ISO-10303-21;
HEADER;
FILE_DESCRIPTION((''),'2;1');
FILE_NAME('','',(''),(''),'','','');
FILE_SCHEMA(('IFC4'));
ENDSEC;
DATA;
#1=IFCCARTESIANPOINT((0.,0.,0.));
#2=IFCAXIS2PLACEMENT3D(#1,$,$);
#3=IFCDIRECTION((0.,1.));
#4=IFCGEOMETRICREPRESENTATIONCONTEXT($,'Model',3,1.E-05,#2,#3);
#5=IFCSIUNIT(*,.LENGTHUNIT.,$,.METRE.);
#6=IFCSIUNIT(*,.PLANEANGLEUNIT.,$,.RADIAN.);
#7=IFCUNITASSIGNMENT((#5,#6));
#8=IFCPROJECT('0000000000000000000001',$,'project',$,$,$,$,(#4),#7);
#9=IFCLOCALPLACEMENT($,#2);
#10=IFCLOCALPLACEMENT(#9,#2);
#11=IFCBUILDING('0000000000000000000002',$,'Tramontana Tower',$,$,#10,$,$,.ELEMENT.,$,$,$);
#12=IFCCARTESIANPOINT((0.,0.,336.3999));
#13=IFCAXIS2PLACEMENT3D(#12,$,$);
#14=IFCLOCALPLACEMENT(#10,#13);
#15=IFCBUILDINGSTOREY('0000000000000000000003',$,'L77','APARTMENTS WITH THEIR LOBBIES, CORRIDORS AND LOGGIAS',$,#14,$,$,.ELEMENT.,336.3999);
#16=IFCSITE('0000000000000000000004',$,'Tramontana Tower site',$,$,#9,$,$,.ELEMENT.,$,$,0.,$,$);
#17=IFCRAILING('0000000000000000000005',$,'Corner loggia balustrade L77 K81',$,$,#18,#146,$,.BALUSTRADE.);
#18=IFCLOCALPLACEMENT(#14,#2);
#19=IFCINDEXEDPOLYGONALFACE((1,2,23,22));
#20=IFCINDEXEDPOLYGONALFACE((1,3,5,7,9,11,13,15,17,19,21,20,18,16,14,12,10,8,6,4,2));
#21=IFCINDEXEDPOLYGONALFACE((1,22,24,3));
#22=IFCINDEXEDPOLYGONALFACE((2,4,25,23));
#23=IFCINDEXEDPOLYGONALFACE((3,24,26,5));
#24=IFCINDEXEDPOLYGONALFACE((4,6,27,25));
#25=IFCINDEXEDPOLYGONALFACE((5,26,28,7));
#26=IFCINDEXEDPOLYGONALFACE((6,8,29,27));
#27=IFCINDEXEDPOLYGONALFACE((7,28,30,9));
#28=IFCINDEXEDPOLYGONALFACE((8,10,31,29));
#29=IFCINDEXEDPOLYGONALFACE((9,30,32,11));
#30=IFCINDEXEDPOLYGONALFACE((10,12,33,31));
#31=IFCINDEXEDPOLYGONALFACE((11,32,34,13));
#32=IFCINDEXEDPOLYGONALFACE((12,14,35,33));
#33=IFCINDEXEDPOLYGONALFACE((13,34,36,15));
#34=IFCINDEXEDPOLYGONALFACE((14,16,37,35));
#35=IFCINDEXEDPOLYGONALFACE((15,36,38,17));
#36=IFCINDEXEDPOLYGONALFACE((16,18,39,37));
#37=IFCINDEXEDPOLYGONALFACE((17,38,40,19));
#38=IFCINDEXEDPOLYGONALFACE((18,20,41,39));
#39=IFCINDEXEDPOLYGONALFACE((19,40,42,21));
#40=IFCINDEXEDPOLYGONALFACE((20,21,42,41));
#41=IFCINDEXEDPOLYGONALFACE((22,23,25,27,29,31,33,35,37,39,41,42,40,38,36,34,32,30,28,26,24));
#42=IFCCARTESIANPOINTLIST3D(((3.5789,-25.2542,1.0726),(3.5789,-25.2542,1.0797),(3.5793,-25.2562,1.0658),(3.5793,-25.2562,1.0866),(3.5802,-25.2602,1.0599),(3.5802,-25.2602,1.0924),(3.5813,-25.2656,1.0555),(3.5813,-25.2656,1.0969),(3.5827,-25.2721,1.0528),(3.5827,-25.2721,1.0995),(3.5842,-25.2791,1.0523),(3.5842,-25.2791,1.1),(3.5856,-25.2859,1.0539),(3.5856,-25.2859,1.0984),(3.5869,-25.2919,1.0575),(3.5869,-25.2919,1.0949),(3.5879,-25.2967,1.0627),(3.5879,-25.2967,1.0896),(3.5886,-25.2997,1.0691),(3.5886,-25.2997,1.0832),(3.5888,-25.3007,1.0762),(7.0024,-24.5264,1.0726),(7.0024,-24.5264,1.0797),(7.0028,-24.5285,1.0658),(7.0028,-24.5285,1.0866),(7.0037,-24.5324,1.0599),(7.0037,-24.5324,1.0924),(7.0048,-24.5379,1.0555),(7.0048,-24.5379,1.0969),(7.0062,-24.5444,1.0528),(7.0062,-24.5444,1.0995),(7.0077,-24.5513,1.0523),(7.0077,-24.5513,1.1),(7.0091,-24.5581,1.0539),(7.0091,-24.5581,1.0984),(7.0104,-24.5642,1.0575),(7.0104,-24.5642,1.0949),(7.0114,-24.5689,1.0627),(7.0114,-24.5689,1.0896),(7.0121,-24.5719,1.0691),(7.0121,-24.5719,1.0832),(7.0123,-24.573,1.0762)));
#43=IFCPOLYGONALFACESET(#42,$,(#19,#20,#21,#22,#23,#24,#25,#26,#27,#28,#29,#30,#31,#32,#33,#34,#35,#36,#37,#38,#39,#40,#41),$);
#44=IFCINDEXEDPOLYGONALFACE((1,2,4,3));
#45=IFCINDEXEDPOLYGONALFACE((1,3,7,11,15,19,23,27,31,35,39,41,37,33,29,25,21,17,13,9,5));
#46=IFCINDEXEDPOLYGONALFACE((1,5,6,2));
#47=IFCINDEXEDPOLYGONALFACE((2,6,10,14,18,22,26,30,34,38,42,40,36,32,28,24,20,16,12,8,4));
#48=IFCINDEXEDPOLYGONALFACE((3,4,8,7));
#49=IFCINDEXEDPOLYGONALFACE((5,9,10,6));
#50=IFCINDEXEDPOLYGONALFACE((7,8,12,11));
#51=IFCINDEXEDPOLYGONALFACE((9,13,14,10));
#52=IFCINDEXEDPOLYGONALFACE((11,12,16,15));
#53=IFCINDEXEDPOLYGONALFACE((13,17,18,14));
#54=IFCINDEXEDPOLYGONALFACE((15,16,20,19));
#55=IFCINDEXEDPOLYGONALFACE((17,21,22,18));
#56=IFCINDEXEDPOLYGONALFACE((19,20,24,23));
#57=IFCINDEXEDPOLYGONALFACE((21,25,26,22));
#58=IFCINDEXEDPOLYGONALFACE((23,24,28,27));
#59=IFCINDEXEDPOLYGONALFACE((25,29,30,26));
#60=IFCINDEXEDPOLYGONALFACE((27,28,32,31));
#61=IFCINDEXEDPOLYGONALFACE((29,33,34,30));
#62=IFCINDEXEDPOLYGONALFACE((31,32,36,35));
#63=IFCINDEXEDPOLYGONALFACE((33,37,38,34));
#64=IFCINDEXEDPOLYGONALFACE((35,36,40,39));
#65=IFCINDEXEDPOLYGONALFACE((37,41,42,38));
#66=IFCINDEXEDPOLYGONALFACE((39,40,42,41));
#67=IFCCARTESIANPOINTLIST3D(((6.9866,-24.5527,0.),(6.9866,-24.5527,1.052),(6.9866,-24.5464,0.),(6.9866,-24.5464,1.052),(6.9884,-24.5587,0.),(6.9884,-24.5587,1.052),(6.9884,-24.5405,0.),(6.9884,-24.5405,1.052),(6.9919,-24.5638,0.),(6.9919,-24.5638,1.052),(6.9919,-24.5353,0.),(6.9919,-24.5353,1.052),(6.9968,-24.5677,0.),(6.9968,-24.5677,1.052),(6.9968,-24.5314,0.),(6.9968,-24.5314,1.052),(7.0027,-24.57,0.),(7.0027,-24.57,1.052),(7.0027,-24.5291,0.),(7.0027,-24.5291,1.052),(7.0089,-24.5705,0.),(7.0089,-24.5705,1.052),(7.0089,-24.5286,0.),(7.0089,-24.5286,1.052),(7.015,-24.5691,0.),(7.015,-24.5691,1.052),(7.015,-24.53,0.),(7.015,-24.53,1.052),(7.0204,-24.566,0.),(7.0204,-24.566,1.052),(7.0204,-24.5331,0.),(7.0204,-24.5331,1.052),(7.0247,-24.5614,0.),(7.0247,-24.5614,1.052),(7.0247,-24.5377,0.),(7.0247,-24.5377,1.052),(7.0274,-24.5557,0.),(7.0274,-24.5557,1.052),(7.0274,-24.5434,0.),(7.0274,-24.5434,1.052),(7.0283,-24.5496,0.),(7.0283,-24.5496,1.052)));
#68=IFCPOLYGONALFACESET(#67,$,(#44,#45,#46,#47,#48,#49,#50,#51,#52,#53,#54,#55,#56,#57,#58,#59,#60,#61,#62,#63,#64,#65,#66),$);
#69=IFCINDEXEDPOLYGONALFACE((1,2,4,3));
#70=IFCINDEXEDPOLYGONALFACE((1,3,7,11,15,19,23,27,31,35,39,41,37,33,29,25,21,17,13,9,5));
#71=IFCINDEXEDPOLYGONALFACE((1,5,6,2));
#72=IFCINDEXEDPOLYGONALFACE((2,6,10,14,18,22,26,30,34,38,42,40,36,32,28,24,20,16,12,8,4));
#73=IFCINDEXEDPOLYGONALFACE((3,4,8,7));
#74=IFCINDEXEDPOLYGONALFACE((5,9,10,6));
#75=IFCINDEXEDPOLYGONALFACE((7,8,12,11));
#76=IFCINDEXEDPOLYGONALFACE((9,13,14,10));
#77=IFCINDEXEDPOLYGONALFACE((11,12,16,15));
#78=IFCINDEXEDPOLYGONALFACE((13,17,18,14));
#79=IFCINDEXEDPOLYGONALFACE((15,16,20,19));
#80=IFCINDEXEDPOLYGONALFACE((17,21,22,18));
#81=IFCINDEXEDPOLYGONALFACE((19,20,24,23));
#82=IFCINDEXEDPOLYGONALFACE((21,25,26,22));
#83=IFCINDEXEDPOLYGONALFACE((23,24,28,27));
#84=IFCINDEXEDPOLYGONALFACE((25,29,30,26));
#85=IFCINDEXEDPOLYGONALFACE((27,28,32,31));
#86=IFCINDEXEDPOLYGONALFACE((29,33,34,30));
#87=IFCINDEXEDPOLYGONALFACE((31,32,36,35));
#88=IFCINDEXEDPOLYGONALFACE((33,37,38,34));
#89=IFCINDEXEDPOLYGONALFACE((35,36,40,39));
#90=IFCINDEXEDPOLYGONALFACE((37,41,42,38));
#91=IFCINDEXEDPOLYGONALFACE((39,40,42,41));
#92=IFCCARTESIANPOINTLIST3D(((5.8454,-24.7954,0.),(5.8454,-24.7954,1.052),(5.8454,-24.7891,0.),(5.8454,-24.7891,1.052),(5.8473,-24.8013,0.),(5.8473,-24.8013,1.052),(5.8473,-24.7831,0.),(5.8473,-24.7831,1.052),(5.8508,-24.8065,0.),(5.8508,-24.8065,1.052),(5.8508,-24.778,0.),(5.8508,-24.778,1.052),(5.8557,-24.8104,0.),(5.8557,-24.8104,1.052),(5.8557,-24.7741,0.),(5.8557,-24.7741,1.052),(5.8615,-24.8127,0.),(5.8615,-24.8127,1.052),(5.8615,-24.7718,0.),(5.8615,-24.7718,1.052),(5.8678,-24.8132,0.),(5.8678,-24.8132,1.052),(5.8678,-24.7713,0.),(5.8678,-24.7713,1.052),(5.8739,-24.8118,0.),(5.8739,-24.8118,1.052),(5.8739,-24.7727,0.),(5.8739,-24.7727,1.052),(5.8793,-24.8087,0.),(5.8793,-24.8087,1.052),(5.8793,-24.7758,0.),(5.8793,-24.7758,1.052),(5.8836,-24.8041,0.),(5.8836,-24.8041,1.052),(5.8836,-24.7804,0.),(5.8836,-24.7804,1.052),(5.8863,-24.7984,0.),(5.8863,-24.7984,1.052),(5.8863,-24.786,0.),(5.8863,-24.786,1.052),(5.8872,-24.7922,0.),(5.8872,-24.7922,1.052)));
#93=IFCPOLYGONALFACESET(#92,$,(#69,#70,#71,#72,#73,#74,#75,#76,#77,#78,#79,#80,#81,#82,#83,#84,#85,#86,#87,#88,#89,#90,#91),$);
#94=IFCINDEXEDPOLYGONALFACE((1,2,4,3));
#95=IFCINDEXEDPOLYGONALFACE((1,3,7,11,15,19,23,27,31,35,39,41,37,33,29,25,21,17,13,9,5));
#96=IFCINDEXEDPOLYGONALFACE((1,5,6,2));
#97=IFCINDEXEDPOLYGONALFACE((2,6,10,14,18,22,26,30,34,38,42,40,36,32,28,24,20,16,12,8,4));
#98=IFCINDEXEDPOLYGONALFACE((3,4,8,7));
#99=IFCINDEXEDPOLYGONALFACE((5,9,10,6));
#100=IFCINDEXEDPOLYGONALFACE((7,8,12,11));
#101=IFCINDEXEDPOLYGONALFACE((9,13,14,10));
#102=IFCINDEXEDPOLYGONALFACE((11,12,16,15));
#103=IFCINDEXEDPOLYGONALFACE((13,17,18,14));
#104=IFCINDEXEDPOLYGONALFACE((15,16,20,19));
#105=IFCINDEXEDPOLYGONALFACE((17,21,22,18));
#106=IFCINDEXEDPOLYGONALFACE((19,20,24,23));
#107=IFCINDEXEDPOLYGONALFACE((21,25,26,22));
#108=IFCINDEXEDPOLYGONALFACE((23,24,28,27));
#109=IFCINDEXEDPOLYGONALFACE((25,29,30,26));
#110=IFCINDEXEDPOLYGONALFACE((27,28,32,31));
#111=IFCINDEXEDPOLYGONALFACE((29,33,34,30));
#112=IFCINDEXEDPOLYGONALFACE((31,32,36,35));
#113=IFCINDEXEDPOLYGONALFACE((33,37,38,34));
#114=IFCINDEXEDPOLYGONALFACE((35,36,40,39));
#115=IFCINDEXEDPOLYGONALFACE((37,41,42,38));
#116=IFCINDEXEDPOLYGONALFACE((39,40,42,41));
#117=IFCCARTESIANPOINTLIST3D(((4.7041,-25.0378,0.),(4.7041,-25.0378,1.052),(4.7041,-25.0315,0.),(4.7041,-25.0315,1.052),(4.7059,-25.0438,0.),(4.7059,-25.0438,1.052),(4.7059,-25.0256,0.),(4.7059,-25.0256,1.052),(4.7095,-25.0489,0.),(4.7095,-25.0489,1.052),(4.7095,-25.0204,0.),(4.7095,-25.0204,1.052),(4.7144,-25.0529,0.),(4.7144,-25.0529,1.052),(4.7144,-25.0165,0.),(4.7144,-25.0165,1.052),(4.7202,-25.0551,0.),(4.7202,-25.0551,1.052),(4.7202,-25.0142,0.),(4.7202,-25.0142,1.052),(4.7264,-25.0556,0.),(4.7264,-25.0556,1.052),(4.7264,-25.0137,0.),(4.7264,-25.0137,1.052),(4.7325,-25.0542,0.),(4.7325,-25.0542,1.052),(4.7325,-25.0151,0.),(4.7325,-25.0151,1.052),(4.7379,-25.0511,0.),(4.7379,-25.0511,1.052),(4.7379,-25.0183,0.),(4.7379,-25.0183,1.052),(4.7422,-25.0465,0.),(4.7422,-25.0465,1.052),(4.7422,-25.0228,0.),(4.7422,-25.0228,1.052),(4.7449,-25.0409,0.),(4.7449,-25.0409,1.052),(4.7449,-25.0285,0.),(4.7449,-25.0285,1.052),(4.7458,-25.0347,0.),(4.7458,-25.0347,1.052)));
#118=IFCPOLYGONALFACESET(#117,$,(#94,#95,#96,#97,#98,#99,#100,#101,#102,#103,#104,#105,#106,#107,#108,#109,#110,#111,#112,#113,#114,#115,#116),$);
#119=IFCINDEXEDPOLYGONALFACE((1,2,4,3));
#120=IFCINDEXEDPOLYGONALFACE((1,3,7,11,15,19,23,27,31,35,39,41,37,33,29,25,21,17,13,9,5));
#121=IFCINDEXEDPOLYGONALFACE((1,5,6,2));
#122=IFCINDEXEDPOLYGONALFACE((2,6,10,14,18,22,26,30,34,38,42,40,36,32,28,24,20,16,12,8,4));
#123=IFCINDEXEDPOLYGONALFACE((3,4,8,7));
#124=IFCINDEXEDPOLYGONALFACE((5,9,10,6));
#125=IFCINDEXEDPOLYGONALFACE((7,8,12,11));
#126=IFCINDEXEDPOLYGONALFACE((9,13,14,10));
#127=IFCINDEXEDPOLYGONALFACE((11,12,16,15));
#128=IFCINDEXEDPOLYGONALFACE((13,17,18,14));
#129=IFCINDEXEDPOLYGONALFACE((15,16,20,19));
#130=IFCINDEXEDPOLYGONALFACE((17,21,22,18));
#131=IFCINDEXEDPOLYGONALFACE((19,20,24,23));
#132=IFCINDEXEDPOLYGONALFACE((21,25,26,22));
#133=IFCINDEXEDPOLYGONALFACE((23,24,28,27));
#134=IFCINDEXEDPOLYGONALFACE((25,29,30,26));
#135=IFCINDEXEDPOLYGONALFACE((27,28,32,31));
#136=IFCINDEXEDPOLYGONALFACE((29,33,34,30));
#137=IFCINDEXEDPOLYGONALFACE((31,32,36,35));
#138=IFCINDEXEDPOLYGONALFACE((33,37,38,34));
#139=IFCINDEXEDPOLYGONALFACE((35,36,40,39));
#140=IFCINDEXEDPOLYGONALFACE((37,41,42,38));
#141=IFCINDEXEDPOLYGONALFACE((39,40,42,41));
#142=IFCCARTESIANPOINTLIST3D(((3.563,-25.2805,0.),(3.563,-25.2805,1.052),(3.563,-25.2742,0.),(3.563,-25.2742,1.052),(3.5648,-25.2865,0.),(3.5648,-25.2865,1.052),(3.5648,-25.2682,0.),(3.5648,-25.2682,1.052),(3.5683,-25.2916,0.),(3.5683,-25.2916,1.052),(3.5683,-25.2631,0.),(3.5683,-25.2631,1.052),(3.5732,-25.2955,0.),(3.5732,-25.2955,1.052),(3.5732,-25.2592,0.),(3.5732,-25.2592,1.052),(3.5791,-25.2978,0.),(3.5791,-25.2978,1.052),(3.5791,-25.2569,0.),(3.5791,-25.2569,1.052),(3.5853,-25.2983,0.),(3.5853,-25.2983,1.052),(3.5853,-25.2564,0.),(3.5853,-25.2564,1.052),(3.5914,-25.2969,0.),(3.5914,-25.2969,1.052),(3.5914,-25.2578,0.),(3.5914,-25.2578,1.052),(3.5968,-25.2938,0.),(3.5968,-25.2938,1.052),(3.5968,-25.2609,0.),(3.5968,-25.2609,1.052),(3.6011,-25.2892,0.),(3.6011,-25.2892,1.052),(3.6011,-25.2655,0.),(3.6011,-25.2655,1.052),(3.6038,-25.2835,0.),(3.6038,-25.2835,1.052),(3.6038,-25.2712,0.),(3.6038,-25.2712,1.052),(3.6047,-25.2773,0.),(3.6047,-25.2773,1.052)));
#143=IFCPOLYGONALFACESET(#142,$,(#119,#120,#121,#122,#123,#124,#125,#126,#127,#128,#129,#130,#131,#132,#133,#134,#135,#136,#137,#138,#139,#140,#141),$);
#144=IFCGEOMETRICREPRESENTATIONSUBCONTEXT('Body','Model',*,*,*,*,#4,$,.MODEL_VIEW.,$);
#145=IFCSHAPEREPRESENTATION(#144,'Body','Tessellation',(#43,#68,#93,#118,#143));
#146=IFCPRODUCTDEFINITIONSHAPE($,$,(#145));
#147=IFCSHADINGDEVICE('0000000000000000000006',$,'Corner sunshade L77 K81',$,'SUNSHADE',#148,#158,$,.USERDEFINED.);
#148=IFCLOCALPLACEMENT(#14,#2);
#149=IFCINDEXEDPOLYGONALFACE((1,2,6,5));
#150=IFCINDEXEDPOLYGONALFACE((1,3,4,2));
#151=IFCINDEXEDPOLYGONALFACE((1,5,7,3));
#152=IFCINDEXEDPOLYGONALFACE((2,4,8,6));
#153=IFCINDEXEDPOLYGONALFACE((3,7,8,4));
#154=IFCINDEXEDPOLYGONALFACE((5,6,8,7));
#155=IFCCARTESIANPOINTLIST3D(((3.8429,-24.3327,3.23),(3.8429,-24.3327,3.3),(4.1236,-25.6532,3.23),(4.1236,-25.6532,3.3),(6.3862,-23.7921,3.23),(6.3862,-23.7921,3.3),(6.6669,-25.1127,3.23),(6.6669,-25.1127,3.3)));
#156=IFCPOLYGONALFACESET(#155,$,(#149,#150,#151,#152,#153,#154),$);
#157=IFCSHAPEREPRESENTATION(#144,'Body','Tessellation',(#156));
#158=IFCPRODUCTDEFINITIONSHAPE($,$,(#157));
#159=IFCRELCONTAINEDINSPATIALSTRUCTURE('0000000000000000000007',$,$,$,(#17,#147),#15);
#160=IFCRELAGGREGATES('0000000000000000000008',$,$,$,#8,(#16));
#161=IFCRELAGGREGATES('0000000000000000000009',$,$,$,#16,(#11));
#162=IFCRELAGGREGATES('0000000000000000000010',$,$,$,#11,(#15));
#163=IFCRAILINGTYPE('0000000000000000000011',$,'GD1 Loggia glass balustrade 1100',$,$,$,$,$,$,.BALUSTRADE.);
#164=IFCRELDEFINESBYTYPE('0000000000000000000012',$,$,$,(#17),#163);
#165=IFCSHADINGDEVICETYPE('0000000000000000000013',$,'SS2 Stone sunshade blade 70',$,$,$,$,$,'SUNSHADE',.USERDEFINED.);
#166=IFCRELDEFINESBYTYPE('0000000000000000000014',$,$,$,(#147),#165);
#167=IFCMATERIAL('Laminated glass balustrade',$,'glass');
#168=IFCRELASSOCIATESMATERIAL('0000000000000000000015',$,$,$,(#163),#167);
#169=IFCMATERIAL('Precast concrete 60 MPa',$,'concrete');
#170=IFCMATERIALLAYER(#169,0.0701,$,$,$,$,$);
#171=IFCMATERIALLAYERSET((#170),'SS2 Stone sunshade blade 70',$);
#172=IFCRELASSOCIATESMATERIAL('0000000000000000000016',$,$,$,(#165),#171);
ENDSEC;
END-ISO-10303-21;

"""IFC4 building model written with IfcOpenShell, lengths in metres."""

from ifc_helpers import new_model, si_unit, direction, frame, origin, origin_2d, place, context, subcontext, project, spatial, rectangle, circle, extrude, material, layer, layer_set, type_object, element, save


model = new_model("IFC4")

# Units and contexts
model_context = context("Model", 3, precision=1e-05, world=origin(), true_north=direction((0.0, 1.0)))
body_context = subcontext(model_context, "Body", "Model", "MODEL_VIEW")
ifc_project = project(units=[si_unit("LENGTHUNIT", "METRE"), si_unit("PLANEANGLEUNIT", "RADIAN")], contexts=[model_context])

# Site, building, storey
site_placement = place(None, origin())
site = spatial("IfcSite", under=ifc_project, at=site_placement, Name="Tramontana Tower site", CompositionType="ELEMENT", RefElevation=0.0)
building_placement = place(site_placement, origin())
building = spatial("IfcBuilding", under=site, at=building_placement, Name="Tramontana Tower", CompositionType="ELEMENT")
storey_placement = place(building_placement, frame((0.0, 0.0, 336.3999)))
storey = spatial("IfcBuildingStorey", under=building, at=storey_placement, Name="L77", Description="APARTMENTS WITH THEIR LOBBIES, CORRIDORS AND LOGGIAS", CompositionType="ELEMENT", Elevation=336.3999)

# Railing
ifc_material_1 = material(Name="Laminated glass balustrade", Category="glass")
railing_type = type_object("IfcRailingType", Name="GD1 Loggia glass balustrade 1100", PredefinedType="BALUSTRADE", material=ifc_material_1)
railing_1_placement = place(storey_placement, frame((7.0073, -24.5496, 0.0)))
element("IfcRailing", 1, at=railing_1_placement, inside=storey, type_object=railing_type, Name="Corner loggia balustrade L77 K81", PredefinedType="BALUSTRADE", context=body_context, shape_type="SweptSolid", body=[
    extrude(circle(Radius=0.0239, at=origin_2d()), frame((0.0, 0.0, 1.0762), z_axis=(-0.978143, -0.207933, 0.0), x_axis=(0.207933, -0.978143, 0.0)), (0.0, 0.0, 1.0), 3.5),
    extrude(circle(Radius=0.021, at=origin_2d()), origin(), (0.0, 0.0, 1.0), 1.052),
    extrude(circle(Radius=0.021, at=origin_2d()), frame((-1.1411, -0.2427, 0.0)), (0.0, 0.0, 1.0), 1.052),
    extrude(circle(Radius=0.021, at=origin_2d()), frame((-2.2825, -0.4851, 0.0)), (0.0, 0.0, 1.0), 1.052),
    extrude(circle(Radius=0.021, at=origin_2d()), frame((-3.4236, -0.7278, 0.0)), (0.0, 0.0, 1.0), 1.052),
])

# Shading device
ifc_material_2 = material(Name="Precast concrete 60 MPa", Category="concrete")
ifc_layer_1 = layer(ifc_material_2, 0.0701)
ifc_layer_set_1 = layer_set([ifc_layer_1], Name="SS2 Stone sunshade blade 70")
shading_device_type = type_object("IfcShadingDeviceType", Name="SS2 Stone sunshade blade 70", ElementType="SUNSHADE", PredefinedType="USERDEFINED", material=ifc_layer_set_1)
shading_device_placement = place(storey_placement, frame((5.2549, -24.7227, 3.23), z_axis=(0.0, 0.0, 1.0), x_axis=(-0.978148, -0.207912, 0.0)))
element("IfcShadingDevice", 2, at=shading_device_placement, inside=storey, type_object=shading_device_type, Name="Corner sunshade L77 K81", ObjectType="SUNSHADE", PredefinedType="USERDEFINED", context=body_context, shape_type="SweptSolid", body=[
    extrude(rectangle(XDim=2.6001, YDim=1.3501, at=origin_2d()), origin(), (0.0, 0.0, 1.0), 0.0701),
])

save(model, "model.ifc")
